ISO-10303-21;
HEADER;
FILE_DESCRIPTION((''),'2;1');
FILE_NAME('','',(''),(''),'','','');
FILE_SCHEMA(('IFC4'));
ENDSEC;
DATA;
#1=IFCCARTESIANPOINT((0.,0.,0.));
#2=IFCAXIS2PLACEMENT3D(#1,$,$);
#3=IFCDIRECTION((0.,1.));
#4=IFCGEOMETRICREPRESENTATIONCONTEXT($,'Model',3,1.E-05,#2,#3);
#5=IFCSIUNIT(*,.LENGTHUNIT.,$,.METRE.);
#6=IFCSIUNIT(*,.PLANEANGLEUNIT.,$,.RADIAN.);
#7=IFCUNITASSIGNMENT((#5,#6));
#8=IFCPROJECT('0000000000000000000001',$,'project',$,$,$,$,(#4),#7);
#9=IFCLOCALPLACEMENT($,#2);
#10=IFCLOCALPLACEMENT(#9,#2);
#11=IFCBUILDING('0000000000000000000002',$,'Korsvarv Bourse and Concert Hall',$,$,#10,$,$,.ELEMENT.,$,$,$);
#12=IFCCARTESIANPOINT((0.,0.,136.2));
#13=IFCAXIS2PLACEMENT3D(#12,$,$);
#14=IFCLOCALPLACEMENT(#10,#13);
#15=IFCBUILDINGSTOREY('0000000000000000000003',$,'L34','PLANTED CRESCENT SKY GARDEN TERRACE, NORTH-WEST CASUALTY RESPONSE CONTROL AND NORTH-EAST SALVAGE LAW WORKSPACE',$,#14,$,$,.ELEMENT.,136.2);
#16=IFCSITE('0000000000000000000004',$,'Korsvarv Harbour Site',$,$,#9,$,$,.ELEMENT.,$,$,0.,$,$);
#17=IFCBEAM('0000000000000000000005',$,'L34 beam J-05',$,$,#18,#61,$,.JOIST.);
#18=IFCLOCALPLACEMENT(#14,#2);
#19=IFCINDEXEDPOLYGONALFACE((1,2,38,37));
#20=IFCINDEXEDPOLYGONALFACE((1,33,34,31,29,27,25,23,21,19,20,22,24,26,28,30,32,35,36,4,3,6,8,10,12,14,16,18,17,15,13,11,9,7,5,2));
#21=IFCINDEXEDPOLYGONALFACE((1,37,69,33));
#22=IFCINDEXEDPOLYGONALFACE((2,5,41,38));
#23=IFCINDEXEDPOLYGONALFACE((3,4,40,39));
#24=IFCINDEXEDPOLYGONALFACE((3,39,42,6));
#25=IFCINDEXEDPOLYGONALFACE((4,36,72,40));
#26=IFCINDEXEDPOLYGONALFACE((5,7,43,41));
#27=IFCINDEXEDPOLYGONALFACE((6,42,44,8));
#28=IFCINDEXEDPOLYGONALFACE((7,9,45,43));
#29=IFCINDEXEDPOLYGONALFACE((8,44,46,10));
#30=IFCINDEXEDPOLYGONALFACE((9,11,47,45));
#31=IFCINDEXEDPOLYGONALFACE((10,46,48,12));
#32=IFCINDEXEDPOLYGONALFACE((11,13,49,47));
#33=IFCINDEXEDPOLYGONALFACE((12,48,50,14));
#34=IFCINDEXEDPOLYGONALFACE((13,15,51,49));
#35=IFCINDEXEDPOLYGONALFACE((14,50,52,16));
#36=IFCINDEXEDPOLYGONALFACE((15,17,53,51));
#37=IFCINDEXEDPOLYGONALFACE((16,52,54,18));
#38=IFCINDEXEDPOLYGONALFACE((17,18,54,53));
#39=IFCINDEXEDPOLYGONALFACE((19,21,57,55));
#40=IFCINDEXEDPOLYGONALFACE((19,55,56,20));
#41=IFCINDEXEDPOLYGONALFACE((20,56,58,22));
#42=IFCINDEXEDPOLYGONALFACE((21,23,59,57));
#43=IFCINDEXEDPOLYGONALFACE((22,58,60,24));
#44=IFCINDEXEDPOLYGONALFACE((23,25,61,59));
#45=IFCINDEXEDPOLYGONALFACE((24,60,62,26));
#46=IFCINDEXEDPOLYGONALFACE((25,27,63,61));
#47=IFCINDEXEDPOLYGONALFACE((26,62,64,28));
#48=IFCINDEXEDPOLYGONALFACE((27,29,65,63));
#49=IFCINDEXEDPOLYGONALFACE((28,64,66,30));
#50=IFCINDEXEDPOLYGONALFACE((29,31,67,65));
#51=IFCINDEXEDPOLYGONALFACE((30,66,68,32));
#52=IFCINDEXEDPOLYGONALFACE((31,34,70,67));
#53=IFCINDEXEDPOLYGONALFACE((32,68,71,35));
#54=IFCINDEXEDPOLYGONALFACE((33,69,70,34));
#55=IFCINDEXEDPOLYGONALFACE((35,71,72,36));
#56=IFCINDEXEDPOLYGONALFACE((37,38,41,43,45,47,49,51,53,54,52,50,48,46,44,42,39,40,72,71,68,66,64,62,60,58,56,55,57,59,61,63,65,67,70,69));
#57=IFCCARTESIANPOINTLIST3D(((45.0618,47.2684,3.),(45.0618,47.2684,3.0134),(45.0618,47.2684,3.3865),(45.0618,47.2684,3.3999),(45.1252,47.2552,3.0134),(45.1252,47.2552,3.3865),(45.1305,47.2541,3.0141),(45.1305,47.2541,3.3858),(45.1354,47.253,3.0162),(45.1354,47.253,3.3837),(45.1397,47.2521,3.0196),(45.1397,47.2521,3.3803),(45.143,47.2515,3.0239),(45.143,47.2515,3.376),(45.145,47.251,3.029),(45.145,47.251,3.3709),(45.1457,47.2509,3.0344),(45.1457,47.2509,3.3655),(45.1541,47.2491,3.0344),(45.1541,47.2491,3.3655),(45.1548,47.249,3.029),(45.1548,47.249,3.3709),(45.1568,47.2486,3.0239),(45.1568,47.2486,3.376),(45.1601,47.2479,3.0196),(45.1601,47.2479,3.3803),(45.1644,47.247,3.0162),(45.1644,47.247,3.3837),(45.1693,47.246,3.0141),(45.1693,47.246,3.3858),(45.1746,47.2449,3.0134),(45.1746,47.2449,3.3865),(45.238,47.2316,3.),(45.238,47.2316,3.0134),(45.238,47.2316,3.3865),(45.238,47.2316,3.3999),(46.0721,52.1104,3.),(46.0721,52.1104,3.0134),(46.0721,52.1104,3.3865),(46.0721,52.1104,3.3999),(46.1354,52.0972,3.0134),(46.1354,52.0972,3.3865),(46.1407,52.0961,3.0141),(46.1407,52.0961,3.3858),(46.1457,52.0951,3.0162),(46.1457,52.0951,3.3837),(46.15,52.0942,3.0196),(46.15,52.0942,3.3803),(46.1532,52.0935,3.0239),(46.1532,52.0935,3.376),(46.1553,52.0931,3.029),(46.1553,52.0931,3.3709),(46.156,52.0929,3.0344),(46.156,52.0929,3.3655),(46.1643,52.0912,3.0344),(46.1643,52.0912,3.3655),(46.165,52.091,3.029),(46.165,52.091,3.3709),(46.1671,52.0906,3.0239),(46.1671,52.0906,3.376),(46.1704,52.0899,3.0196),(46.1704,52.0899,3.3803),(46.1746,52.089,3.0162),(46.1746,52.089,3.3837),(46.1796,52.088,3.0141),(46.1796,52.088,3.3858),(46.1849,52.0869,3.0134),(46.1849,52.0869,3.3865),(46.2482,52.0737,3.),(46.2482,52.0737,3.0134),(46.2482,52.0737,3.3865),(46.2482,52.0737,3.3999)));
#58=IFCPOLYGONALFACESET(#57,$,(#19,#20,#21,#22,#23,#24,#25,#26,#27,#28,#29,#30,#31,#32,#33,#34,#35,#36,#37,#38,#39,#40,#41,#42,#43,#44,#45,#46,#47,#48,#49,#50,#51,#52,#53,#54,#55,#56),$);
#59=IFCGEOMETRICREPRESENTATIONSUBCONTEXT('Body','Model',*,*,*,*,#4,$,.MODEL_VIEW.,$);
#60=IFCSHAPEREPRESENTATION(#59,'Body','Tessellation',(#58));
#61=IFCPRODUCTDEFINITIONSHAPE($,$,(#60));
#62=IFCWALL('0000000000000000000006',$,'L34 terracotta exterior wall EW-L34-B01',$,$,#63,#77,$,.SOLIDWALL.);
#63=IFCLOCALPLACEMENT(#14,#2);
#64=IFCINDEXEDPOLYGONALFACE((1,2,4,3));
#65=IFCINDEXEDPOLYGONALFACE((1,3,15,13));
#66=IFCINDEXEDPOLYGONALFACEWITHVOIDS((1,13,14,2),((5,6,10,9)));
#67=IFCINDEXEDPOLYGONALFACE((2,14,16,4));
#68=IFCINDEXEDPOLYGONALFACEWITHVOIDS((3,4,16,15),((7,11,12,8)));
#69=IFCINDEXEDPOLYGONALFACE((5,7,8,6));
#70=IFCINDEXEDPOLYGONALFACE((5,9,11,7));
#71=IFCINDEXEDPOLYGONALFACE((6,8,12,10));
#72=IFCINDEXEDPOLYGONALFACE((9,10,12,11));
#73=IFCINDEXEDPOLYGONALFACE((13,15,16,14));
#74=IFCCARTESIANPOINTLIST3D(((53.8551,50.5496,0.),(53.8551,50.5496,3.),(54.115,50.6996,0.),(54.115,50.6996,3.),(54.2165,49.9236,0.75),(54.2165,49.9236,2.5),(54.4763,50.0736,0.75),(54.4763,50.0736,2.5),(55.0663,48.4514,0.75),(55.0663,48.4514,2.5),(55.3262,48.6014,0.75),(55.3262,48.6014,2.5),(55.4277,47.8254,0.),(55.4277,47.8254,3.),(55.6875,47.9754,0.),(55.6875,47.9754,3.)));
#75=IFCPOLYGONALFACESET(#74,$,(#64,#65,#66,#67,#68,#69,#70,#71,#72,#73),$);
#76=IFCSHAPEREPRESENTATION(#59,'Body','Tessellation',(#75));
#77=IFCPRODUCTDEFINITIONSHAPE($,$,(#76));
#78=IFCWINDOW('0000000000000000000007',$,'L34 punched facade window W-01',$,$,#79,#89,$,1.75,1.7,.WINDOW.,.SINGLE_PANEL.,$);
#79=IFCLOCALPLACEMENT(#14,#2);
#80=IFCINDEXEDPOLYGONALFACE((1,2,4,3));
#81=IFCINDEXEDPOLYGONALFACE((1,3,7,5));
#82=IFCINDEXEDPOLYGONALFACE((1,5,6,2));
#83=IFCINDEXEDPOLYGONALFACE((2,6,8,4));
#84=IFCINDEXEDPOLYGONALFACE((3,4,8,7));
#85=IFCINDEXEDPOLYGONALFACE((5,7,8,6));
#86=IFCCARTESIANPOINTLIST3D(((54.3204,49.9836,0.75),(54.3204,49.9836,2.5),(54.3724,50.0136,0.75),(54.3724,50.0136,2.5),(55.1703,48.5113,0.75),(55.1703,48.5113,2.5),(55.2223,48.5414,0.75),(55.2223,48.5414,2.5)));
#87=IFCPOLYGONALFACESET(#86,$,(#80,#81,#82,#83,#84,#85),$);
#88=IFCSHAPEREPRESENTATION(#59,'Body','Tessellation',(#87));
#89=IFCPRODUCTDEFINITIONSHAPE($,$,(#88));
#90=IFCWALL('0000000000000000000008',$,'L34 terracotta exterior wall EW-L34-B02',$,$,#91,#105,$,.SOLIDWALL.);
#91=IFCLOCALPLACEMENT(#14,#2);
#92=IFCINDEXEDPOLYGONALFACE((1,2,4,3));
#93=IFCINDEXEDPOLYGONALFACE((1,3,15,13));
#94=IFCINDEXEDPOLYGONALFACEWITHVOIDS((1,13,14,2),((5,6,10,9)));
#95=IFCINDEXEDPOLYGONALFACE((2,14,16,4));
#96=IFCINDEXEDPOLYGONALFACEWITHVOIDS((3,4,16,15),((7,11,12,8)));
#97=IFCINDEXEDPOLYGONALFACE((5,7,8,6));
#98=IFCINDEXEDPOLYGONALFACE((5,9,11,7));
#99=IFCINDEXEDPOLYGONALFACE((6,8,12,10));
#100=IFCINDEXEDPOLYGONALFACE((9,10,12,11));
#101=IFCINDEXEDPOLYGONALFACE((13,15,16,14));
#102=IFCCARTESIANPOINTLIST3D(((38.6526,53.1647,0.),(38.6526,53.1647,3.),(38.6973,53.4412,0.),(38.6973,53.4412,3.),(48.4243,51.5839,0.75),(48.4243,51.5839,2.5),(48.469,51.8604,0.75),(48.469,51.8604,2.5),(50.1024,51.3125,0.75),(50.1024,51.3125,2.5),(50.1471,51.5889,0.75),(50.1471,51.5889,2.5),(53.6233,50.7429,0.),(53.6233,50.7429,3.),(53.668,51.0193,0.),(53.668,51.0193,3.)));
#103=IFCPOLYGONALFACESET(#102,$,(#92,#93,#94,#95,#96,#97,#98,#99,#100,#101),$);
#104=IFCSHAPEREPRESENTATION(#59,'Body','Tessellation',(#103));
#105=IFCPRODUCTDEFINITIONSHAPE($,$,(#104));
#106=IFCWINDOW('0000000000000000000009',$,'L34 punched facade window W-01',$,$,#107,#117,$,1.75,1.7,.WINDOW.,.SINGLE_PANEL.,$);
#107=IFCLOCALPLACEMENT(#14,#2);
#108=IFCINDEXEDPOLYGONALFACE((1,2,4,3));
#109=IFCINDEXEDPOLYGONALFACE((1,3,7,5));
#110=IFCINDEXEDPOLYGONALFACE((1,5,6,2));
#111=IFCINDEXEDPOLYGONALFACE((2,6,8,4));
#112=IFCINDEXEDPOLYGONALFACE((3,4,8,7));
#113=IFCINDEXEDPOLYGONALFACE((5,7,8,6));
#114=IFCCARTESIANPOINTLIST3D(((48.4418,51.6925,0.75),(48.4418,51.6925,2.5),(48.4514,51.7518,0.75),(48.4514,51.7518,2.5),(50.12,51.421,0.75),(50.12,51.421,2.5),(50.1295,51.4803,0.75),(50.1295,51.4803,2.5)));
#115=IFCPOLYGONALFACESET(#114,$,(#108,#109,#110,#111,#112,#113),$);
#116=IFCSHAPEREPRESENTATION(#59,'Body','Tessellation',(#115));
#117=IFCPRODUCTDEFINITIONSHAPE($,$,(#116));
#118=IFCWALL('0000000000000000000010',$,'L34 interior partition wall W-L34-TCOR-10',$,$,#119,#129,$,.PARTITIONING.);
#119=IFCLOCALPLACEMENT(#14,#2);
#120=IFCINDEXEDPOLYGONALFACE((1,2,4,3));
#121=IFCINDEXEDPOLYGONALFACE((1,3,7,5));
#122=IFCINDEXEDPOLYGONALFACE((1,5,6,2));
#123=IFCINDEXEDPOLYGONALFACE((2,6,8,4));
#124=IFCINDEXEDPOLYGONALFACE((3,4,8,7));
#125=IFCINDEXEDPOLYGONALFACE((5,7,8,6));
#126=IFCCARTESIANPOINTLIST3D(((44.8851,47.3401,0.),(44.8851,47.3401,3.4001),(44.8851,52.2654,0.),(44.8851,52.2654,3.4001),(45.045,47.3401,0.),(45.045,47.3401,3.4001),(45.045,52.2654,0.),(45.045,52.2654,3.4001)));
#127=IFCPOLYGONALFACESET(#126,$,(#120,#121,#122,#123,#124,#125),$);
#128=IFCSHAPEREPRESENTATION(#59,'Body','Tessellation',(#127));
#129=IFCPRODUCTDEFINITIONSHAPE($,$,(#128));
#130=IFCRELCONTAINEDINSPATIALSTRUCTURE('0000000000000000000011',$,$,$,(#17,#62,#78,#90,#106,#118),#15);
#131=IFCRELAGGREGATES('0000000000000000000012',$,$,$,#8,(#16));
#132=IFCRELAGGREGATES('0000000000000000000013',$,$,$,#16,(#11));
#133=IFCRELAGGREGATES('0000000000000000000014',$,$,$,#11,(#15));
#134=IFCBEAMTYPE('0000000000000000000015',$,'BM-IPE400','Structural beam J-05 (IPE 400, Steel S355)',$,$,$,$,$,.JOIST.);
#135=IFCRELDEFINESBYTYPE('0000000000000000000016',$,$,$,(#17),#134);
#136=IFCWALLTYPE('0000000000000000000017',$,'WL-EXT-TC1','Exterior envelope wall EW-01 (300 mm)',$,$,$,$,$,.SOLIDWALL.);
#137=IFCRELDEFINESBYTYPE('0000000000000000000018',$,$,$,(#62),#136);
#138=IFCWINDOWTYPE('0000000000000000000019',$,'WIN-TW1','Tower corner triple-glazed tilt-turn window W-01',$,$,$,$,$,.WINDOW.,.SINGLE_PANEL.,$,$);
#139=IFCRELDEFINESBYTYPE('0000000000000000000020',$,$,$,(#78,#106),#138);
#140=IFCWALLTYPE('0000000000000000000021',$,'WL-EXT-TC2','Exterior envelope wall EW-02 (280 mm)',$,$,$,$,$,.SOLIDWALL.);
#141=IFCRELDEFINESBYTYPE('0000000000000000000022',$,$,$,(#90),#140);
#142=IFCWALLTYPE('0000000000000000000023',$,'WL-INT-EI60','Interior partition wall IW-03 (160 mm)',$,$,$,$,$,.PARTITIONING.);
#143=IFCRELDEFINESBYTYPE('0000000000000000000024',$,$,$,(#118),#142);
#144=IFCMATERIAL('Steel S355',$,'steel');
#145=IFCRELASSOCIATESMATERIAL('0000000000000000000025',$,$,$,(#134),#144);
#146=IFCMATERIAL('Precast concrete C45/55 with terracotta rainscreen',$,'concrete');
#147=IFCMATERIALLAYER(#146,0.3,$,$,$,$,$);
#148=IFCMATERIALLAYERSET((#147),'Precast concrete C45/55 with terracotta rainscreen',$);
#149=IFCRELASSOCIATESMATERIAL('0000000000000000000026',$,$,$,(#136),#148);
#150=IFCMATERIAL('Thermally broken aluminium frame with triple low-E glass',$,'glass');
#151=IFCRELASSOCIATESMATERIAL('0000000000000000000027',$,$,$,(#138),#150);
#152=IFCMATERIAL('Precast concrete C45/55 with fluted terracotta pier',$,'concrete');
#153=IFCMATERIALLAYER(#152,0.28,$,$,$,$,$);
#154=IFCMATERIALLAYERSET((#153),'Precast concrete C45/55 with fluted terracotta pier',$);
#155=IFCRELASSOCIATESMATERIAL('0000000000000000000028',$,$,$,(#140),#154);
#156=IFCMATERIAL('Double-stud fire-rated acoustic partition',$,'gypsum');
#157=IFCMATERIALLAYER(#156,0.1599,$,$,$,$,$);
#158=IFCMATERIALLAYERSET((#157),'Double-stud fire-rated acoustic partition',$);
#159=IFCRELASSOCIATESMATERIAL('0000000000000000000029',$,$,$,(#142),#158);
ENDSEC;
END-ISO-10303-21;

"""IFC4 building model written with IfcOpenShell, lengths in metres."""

from ifc_helpers import new_model, si_unit, direction, frame, frame_2d, origin, origin_2d, place, context, subcontext, project, spatial, rectangle, i_section, extrude, source, transform, mapped, material, layer, layer_set, material_profile, profile_set, type_object, element, fill, save


model = new_model("IFC4")

# Units and contexts
model_context = context("Model", 3, precision=1e-05, world=origin(), true_north=direction((0.0, 1.0)))
body_context = subcontext(model_context, "Body", "Model", "MODEL_VIEW")
ifc_project = project(units=[si_unit("LENGTHUNIT", "METRE"), si_unit("PLANEANGLEUNIT", "RADIAN")], contexts=[model_context])

# Site, building, storey
site_placement = place(None, origin())
site = spatial("IfcSite", under=ifc_project, at=site_placement, Name="Korsvarv Harbour Site", CompositionType="ELEMENT", RefElevation=0.0)
building_placement = place(site_placement, origin())
building = spatial("IfcBuilding", under=site, at=building_placement, Name="Korsvarv Bourse and Concert Hall", CompositionType="ELEMENT")
storey_placement = place(building_placement, frame((0.0, 0.0, 136.2)))
storey = spatial("IfcBuildingStorey", under=building, at=storey_placement, Name="L34", Description="PLANTED CRESCENT SKY GARDEN TERRACE, NORTH-WEST CASUALTY RESPONSE CONTROL AND NORTH-EAST SALVAGE LAW WORKSPACE", CompositionType="ELEMENT", Elevation=136.2)

# Shared definitions
ifc_material_1 = material(Name="Steel S355", Category="steel")

# Beam
ifc_material_profile_1 = material_profile(ifc_material_1, i_section(OverallWidth=0.1799, OverallDepth=0.3999, WebThickness=0.0085, FlangeThickness=0.0134, FilletRadius=0.021, at=origin_2d()), Name="IPE 400")
ifc_profile_set_1 = profile_set([ifc_material_profile_1], Name="Steel S355")
beam_type_1 = type_object("IfcBeamType", Name="BM-IPE400", Description="Structural beam J-05 (IPE 400, Steel S355)", PredefinedType="JOIST", material=ifc_profile_set_1)
shared_shape_1 = source(origin(), body_context, "Body", "SweptSolid", [
    extrude(i_section(OverallWidth=0.1799, OverallDepth=0.3999, WebThickness=0.0085, FlangeThickness=0.0134, FilletRadius=0.021, at=origin_2d()), origin(), (0.0, 0.0, 1.0), 4.9463),
])
beam_1_placement = place(storey_placement, frame((46.1602, 52.092, 3.2), z_axis=(-0.204244, -0.97892, 0.0), x_axis=(0.97892, -0.204244, 0.0)))
element("IfcBeam", 1, at=beam_1_placement, inside=storey, type_object=beam_type_1, Name="L34 beam J-05", PredefinedType="JOIST", context=body_context, shape_type="MappedRepresentation", body=[
    mapped(shared_shape_1, transform((0.0, 0.0, 0.0), scale=1.0)),
])

# Walls, openings, windows
ifc_material_2 = material(Name="Precast concrete C45/55 with terracotta rainscreen", Category="concrete")
ifc_layer_1 = layer(ifc_material_2, 0.3)
ifc_layer_set_1 = layer_set([ifc_layer_1], Name="Precast concrete C45/55 with terracotta rainscreen")
wall_type_1 = type_object("IfcWallType", Name="WL-EXT-TC1", Description="Exterior envelope wall EW-01 (300 mm)", PredefinedType="SOLIDWALL", material=ifc_layer_set_1)
wall_1_placement = place(storey_placement, frame((55.5576, 47.9004, 0.0), z_axis=(0.0, 0.0, 1.0), x_axis=(-0.499937, 0.866062, 0.0)))
wall_1 = element("IfcWall", 2, at=wall_1_placement, inside=storey, type_object=wall_type_1, Name="L34 terracotta exterior wall EW-L34-B01", PredefinedType="SOLIDWALL", context=body_context, shape_type="SweptSolid", body=[
    extrude(rectangle(XDim=3.1455, YDim=0.3, at=frame_2d((1.5728, 0.0))), origin(), (0.0, 0.0, 1.0), 3.0),
])
opening_1_placement = place(wall_1_placement, frame((0.7227, 0.0, 0.75)))
opening_1 = element("IfcOpeningElement", 3, at=opening_1_placement, cuts=wall_1, PredefinedType="OPENING", context=body_context, shape_type="SweptSolid", body=[
    extrude(rectangle(XDim=1.7, YDim=1.75, at=frame_2d((0.8501, 0.875))), frame((0.0, 0.1602, 0.0), z_axis=(0.0, -1.0, 0.0), x_axis=(1.0, 0.0, 0.0)), (0.0, 0.0, 1.0), 0.3201),
])
ifc_material_3 = material(Name="Thermally broken aluminium frame with triple low-E glass", Category="glass")
window_type = type_object("IfcWindowType", Name="WIN-TW1", Description="Tower corner triple-glazed tilt-turn window W-01", PartitioningType="SINGLE_PANEL", PredefinedType="WINDOW", material=ifc_material_3)
window_1_placement = place(opening_1_placement, origin())
window_1 = element("IfcWindow", 4, at=window_1_placement, inside=storey, type_object=window_type, Name="L34 punched facade window W-01", OverallHeight=1.75, OverallWidth=1.7, PartitioningType="SINGLE_PANEL", PredefinedType="WINDOW", context=body_context, shape_type="SweptSolid", body=[
    extrude(rectangle(XDim=1.7, YDim=1.75, at=frame_2d((0.8501, 0.875))), frame((0.0, 0.03, 0.0), z_axis=(0.0, -1.0, 0.0), x_axis=(1.0, 0.0, 0.0)), (0.0, 0.0, 1.0), 0.0601),
])
fill(opening_1, window_1)
ifc_material_4 = material(Name="Precast concrete C45/55 with fluted terracotta pier", Category="concrete")
ifc_layer_2 = layer(ifc_material_4, 0.28)
ifc_layer_set_2 = layer_set([ifc_layer_2], Name="Precast concrete C45/55 with fluted terracotta pier")
wall_type_2 = type_object("IfcWallType", Name="WL-EXT-TC2", Description="Exterior envelope wall EW-02 (280 mm)", PredefinedType="SOLIDWALL", material=ifc_layer_set_2)
wall_2_placement = place(storey_placement, frame((53.6455, 50.8811, 0.0), z_axis=(0.0, 0.0, 1.0), x_axis=(-0.987166, 0.159698, 0.0)))
wall_2 = element("IfcWall", 5, at=wall_2_placement, inside=storey, type_object=wall_type_2, Name="L34 terracotta exterior wall EW-L34-B02", PredefinedType="SOLIDWALL", context=body_context, shape_type="SweptSolid", body=[
    extrude(rectangle(XDim=15.1653, YDim=0.28, at=frame_2d((7.5825, 0.0))), origin(), (0.0, 0.0, 1.0), 3.0),
])
opening_2_placement = place(wall_2_placement, frame((3.5664, 0.0, 0.75)))
opening_2 = element("IfcOpeningElement", 6, at=opening_2_placement, cuts=wall_2, PredefinedType="OPENING", context=body_context, shape_type="SweptSolid", body=[
    extrude(rectangle(XDim=1.7, YDim=1.75, at=frame_2d((0.8501, 0.875))), frame((0.0, 0.1499, 0.0), z_axis=(0.0, -1.0, 0.0), x_axis=(1.0, 0.0, 0.0)), (0.0, 0.0, 1.0), 0.3),
])
window_2_placement = place(opening_2_placement, origin())
window_2 = element("IfcWindow", 7, at=window_2_placement, inside=storey, type_object=window_type, Name="L34 punched facade window W-01", OverallHeight=1.75, OverallWidth=1.7, PartitioningType="SINGLE_PANEL", PredefinedType="WINDOW", context=body_context, shape_type="SweptSolid", body=[
    extrude(rectangle(XDim=1.7, YDim=1.75, at=frame_2d((0.8501, 0.875))), frame((0.0, 0.03, 0.0), z_axis=(0.0, -1.0, 0.0), x_axis=(1.0, 0.0, 0.0)), (0.0, 0.0, 1.0), 0.0601),
])
fill(opening_2, window_2)

# Wall
ifc_material_5 = material(Name="Double-stud fire-rated acoustic partition", Category="gypsum")
ifc_layer_3 = layer(ifc_material_5, 0.1599)
ifc_layer_set_3 = layer_set([ifc_layer_3], Name="Double-stud fire-rated acoustic partition")
wall_type_3 = type_object("IfcWallType", Name="WL-INT-EI60", Description="Interior partition wall IW-03 (160 mm)", PredefinedType="PARTITIONING", material=ifc_layer_set_3)
wall_3_placement = place(storey_placement, frame((44.9651, 47.3401, 0.0), z_axis=(0.0, 0.0, 1.0), x_axis=(0.0, 1.0, 0.0)))
element("IfcWall", 8, at=wall_3_placement, inside=storey, type_object=wall_type_3, Name="L34 interior partition wall W-L34-TCOR-10", PredefinedType="PARTITIONING", context=body_context, shape_type="SweptSolid", body=[
    extrude(rectangle(XDim=4.9253, YDim=0.1599, at=frame_2d((2.4626, 0.0))), origin(), (0.0, 0.0, 1.0), 3.4001),
])

save(model, "model.ifc")
